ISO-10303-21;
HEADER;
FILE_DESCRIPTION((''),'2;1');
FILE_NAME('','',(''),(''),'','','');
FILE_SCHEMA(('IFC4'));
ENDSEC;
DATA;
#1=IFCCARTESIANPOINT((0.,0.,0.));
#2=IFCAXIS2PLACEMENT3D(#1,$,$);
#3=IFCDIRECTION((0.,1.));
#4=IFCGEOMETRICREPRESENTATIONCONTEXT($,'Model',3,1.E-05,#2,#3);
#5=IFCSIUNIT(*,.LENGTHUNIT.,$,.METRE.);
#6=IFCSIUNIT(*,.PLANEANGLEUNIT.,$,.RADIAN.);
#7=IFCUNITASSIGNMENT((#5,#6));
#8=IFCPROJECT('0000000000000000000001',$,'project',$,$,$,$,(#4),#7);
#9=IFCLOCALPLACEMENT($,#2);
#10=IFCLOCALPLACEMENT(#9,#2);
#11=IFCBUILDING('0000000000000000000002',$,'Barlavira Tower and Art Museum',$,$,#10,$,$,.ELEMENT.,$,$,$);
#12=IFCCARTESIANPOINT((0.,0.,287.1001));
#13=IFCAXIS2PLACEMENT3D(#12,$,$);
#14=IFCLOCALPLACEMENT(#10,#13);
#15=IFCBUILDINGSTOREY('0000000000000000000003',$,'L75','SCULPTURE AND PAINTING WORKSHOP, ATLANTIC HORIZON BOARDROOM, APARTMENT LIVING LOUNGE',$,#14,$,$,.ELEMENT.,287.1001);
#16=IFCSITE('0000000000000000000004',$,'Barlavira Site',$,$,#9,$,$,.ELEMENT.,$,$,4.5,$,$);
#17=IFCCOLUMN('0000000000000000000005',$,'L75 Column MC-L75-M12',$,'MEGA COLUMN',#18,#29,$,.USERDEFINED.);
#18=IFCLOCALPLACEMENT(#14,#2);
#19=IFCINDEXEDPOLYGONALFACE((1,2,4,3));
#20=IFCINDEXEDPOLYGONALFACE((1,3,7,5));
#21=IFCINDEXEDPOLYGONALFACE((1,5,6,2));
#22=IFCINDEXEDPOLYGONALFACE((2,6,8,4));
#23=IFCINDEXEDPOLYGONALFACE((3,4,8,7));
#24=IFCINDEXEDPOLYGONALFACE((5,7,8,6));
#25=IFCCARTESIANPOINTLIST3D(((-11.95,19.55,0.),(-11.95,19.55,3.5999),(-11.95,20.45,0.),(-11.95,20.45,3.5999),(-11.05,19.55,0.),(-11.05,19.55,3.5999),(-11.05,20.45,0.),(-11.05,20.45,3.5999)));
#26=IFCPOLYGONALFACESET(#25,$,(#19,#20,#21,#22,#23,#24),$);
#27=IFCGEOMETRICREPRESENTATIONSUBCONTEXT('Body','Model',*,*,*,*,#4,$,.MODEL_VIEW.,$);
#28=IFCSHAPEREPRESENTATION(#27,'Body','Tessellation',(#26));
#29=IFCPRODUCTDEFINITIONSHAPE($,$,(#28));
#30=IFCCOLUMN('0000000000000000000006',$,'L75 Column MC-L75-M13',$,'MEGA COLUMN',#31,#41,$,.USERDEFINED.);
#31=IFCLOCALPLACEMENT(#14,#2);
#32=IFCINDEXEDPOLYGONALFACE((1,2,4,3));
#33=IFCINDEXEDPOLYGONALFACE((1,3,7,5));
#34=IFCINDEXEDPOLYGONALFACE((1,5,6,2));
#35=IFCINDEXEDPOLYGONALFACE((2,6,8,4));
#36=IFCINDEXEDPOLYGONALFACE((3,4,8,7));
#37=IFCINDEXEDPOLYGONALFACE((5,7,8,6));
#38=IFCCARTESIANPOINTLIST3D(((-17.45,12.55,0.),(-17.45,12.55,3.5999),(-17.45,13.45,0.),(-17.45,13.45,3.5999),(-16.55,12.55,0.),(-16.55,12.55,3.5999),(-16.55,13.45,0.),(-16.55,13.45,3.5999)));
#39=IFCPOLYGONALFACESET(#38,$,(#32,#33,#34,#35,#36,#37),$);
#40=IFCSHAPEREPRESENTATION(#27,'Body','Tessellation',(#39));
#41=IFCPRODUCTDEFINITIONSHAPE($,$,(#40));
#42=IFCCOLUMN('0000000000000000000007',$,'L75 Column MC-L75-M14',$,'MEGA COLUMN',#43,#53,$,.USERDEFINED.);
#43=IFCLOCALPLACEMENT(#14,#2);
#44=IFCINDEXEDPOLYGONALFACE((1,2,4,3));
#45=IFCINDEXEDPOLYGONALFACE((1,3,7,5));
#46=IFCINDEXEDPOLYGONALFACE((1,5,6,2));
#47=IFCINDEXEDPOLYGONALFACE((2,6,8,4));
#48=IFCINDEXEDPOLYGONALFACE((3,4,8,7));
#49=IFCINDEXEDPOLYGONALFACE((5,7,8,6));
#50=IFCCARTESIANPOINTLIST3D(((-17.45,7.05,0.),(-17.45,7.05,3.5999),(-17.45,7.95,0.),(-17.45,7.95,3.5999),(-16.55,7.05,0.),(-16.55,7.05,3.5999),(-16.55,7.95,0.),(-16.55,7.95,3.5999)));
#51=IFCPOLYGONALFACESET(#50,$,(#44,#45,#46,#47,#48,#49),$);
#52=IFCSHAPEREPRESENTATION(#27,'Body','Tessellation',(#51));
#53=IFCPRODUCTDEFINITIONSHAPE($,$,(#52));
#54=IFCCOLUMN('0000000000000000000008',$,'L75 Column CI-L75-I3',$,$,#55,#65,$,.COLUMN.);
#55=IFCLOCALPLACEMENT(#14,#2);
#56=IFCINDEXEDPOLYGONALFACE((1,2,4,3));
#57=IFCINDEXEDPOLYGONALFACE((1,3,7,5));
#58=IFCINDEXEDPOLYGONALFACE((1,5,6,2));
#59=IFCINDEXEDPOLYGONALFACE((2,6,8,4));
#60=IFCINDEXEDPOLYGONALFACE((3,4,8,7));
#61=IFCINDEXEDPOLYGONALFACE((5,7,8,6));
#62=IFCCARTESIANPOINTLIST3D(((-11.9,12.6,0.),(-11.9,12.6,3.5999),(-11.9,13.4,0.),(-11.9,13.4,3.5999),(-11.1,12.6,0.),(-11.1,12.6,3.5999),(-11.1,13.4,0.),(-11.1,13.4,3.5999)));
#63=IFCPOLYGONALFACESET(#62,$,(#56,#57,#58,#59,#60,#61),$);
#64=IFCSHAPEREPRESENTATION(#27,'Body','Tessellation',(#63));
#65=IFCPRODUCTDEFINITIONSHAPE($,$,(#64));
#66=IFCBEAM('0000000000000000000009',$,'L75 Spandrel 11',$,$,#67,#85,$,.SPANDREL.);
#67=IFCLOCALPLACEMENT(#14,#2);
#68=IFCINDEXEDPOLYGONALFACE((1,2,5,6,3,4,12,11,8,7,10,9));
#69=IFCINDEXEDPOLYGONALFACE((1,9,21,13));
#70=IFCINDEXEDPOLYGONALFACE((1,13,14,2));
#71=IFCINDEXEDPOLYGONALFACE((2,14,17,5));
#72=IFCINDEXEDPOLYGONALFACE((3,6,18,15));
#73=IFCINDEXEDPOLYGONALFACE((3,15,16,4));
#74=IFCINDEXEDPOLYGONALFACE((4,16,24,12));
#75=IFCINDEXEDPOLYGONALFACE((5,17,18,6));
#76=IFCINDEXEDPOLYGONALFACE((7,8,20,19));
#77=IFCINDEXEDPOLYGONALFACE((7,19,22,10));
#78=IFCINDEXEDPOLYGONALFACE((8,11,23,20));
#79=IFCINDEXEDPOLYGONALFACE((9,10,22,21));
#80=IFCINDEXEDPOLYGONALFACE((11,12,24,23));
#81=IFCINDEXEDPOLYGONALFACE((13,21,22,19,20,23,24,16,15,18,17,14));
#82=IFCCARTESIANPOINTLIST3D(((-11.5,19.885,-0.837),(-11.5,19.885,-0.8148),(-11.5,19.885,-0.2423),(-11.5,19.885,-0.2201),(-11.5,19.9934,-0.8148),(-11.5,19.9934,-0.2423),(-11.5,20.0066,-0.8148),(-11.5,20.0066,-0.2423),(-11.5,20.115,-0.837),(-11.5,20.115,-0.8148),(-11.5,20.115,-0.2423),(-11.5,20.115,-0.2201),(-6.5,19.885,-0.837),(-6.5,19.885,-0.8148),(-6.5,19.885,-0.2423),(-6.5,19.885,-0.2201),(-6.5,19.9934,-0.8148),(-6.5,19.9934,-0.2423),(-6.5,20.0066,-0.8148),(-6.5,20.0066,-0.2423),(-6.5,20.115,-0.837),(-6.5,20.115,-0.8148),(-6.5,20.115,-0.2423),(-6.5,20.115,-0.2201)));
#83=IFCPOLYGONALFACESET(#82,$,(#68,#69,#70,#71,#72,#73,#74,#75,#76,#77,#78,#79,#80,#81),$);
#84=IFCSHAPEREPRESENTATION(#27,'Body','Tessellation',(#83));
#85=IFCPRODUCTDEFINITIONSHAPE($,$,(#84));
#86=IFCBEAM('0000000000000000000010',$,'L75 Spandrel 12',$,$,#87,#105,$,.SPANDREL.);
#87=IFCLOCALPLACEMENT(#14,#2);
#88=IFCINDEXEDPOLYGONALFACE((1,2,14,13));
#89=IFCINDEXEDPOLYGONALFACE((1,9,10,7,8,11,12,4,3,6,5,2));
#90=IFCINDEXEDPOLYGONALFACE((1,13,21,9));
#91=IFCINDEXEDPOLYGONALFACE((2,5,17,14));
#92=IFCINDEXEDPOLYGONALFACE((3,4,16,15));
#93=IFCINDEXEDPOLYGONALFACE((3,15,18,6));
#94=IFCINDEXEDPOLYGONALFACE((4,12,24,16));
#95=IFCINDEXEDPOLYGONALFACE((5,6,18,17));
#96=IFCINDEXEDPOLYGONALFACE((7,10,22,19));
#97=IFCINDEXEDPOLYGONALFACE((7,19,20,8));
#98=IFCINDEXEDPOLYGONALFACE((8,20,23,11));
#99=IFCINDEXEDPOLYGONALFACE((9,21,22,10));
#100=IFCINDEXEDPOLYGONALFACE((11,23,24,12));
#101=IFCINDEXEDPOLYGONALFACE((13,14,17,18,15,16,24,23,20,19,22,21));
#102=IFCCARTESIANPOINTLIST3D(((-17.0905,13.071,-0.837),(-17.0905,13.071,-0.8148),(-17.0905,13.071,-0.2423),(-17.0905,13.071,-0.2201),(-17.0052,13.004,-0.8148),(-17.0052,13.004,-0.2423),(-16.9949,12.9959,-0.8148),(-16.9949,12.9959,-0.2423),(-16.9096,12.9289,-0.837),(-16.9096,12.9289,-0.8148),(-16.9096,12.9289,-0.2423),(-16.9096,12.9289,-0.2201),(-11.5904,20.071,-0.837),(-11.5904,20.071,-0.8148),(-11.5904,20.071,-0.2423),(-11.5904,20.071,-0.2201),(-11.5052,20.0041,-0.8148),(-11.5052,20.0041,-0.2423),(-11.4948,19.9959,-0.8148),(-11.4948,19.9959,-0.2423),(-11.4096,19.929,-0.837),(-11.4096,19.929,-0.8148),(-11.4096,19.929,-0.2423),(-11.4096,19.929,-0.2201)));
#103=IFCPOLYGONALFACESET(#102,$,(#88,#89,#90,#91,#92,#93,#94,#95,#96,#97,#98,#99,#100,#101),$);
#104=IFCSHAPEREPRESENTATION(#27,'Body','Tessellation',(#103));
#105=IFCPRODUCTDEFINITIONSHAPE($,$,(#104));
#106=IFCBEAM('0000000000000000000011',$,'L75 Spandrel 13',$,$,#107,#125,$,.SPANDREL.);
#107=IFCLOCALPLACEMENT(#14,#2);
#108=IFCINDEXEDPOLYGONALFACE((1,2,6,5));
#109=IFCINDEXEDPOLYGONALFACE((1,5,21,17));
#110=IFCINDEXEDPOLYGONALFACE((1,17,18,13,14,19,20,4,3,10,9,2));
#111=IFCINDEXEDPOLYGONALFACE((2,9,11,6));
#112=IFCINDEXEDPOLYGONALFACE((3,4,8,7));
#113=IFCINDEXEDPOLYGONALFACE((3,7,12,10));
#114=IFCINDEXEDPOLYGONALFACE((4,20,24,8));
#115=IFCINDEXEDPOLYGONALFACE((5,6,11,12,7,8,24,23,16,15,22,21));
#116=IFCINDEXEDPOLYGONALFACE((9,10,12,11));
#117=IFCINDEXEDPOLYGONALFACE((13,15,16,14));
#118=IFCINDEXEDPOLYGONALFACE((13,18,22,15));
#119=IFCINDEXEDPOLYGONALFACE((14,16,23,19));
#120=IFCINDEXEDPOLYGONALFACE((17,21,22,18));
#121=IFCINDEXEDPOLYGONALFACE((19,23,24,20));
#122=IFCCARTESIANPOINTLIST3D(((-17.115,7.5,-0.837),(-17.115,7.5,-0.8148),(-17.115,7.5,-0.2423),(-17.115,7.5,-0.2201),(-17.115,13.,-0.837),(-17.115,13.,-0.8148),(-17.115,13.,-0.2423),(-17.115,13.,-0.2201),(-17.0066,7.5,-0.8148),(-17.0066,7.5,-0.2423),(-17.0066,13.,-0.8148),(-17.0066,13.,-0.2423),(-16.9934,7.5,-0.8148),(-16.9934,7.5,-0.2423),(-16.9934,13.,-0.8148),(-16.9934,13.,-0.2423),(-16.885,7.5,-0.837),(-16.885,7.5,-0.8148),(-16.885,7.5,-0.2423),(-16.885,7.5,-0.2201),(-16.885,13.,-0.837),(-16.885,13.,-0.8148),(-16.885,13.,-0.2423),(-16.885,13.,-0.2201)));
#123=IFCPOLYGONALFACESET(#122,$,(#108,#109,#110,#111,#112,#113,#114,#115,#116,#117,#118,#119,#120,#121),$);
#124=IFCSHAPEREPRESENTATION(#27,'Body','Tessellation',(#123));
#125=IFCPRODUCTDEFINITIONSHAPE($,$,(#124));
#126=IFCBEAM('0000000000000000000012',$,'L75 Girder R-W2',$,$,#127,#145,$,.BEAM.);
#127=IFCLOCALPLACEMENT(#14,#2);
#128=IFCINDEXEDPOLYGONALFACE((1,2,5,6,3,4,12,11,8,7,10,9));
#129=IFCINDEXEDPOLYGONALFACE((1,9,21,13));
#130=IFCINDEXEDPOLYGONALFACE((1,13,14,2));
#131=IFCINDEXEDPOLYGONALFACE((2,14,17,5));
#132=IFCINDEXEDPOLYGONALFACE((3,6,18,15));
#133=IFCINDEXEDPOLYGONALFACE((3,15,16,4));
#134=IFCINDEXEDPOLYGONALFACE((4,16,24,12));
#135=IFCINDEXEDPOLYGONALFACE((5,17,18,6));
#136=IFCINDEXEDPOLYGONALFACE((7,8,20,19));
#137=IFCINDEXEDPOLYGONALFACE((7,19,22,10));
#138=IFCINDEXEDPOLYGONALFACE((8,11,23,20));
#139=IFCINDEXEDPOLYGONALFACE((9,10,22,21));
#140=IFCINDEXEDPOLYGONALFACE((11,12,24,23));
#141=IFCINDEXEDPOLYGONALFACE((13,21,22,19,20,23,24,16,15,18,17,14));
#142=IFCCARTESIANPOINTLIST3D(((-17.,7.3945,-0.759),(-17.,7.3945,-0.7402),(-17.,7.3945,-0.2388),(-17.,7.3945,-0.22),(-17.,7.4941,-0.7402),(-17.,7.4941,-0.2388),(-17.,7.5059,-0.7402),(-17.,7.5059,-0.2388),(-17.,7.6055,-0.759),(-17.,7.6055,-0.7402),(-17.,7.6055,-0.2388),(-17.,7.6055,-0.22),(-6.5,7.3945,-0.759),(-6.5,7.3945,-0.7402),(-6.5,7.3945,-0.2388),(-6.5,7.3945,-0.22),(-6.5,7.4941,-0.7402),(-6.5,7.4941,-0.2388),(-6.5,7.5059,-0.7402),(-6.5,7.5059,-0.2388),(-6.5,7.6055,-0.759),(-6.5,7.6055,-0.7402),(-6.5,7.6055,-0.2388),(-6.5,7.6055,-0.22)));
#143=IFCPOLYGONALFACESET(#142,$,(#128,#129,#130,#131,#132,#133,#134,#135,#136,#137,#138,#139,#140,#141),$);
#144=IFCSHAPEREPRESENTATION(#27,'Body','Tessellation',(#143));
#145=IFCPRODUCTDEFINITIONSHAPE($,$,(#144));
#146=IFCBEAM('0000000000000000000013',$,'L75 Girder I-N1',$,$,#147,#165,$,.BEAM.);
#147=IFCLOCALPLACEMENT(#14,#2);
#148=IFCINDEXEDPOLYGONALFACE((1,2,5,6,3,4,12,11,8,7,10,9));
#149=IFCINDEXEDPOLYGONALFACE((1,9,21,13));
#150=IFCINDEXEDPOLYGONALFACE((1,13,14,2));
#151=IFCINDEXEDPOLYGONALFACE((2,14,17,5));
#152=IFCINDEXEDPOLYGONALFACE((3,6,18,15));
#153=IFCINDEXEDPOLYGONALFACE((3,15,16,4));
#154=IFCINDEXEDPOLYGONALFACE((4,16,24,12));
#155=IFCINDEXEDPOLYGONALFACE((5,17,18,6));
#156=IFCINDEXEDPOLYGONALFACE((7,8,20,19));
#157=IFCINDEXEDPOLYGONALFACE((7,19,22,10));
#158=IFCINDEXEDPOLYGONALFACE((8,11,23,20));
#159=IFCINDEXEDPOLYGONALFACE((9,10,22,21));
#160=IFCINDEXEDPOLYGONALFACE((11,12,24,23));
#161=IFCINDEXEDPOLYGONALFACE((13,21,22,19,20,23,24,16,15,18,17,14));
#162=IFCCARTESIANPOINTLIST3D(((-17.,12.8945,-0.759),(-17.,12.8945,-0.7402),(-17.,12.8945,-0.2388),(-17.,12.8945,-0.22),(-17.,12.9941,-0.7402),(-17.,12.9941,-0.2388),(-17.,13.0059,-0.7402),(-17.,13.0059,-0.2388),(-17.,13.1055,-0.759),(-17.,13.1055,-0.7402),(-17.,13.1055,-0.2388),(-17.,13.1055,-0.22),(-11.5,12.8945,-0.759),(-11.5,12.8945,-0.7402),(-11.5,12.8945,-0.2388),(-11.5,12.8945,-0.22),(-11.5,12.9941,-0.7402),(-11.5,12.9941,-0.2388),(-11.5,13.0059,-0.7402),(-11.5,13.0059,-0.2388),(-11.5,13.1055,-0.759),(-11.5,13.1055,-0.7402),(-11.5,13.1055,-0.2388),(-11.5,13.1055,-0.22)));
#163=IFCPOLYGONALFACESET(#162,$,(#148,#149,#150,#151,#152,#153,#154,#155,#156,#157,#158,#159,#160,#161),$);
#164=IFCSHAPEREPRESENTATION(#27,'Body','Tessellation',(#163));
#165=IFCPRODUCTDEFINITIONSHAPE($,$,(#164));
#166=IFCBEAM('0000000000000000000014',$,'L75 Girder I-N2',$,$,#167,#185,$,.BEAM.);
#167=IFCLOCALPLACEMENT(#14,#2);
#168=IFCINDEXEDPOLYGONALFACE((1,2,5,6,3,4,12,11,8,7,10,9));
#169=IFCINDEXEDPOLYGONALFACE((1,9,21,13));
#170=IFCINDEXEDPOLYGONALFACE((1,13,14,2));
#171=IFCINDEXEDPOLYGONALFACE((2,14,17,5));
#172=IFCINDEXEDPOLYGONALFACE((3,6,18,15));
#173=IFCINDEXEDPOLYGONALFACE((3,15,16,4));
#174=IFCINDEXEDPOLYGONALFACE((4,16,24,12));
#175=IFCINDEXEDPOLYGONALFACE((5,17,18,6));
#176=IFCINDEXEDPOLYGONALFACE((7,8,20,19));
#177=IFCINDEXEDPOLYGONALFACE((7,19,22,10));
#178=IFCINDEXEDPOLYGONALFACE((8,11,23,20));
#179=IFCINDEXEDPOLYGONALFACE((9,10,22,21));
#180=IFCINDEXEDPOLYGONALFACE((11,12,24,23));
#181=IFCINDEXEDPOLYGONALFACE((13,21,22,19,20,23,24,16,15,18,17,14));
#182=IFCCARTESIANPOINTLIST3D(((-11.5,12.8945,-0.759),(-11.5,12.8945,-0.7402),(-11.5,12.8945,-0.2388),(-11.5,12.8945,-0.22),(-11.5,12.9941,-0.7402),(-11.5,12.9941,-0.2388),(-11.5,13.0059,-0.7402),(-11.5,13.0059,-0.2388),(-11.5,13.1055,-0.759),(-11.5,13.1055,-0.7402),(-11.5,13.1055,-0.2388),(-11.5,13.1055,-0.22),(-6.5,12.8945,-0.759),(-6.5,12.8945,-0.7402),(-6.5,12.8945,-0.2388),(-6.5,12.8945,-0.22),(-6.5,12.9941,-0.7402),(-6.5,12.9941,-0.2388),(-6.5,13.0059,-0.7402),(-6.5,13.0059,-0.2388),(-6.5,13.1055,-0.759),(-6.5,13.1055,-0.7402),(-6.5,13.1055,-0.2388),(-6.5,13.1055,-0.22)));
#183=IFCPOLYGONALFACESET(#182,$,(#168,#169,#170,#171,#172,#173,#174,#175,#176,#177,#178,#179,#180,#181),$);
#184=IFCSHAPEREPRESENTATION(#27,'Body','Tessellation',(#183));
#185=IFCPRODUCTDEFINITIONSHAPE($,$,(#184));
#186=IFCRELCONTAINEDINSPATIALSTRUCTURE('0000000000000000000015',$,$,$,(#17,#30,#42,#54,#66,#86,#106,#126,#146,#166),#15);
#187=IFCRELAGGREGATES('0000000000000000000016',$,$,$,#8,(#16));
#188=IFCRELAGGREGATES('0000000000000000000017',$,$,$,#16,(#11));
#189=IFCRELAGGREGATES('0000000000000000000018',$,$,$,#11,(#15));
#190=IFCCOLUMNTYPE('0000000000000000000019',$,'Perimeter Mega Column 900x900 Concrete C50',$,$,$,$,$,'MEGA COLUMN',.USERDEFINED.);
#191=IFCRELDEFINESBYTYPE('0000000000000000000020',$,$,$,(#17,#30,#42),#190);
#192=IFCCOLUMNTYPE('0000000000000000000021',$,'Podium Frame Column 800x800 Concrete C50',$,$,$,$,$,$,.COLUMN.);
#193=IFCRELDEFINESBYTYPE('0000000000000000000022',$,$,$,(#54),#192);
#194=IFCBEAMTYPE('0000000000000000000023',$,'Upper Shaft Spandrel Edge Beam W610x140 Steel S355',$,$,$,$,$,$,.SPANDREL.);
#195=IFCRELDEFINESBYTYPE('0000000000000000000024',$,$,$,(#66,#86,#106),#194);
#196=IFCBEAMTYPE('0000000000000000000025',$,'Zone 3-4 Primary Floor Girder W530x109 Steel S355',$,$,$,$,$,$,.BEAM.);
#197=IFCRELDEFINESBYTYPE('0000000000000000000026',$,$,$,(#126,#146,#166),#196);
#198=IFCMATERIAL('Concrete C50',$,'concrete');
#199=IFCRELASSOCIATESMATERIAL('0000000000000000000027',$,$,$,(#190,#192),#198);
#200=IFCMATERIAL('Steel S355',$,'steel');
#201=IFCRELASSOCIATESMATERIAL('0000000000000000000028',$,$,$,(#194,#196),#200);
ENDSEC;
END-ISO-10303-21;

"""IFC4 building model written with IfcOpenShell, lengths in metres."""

from ifc_helpers import new_model, si_unit, direction, frame, origin, origin_2d, place, context, subcontext, project, spatial, rectangle, i_section, extrude, material, material_profile, profile_set, type_object, element, save


model = new_model("IFC4")

# Units and contexts
model_context = context("Model", 3, precision=1e-05, world=origin(), true_north=direction((0.0, 1.0)))
body_context = subcontext(model_context, "Body", "Model", "MODEL_VIEW")
ifc_project = project(units=[si_unit("LENGTHUNIT", "METRE"), si_unit("PLANEANGLEUNIT", "RADIAN")], contexts=[model_context])

# Site, building, storey
site_placement = place(None, origin())
site = spatial("IfcSite", under=ifc_project, at=site_placement, Name="Barlavira Site", CompositionType="ELEMENT", RefElevation=4.5)
building_placement = place(site_placement, origin())
building = spatial("IfcBuilding", under=site, at=building_placement, Name="Barlavira Tower and Art Museum", CompositionType="ELEMENT")
storey_placement = place(building_placement, frame((0.0, 0.0, 287.1001)))
storey = spatial("IfcBuildingStorey", under=building, at=storey_placement, Name="L75", Description="SCULPTURE AND PAINTING WORKSHOP, ATLANTIC HORIZON BOARDROOM, APARTMENT LIVING LOUNGE", CompositionType="ELEMENT", Elevation=287.1001)

# Columns
ifc_material_1 = material(Name="Concrete C50", Category="concrete")
ifc_material_profile_1 = material_profile(ifc_material_1, rectangle(XDim=0.8999, YDim=0.8999, at=origin_2d()), Name="RC-COL 900x900")
ifc_profile_set_1 = profile_set([ifc_material_profile_1], Name="Concrete C50")
column_type_1 = type_object("IfcColumnType", Name="Perimeter Mega Column 900x900 Concrete C50", ElementType="MEGA COLUMN", PredefinedType="USERDEFINED", material=ifc_profile_set_1)
for number, where, z_axis, x_axis, name in (
    (1, (-11.5, 20.0, 0.0), (0.0, 0.0, 1.0), (1.0, 0.0, 0.0), "L75 Column MC-L75-M12"),
    (2, (-17.0, 13.0, 0.0), (0.0, 0.0, 1.0), (1.0, 0.0, 0.0), "L75 Column MC-L75-M13"),
    (3, (-17.0, 7.5, 0.0), (0.0, 0.0, 1.0), (1.0, 0.0, 0.0), "L75 Column MC-L75-M14"),
):
    element("IfcColumn", number, at=place(storey_placement, frame(where, z_axis=z_axis, x_axis=x_axis)), inside=storey, type_object=column_type_1, Name=name, ObjectType="MEGA COLUMN", PredefinedType="USERDEFINED", context=body_context, shape_type="SweptSolid", body=[
        extrude(rectangle(XDim=0.8999, YDim=0.8999, at=origin_2d()), origin(), (0.0, 0.0, 1.0), 3.5999),
    ])
ifc_material_profile_2 = material_profile(ifc_material_1, rectangle(XDim=0.8, YDim=0.8, at=origin_2d()), Name="RC-COL 800x800")
ifc_profile_set_2 = profile_set([ifc_material_profile_2], Name="Concrete C50")
column_type_2 = type_object("IfcColumnType", Name="Podium Frame Column 800x800 Concrete C50", PredefinedType="COLUMN", material=ifc_profile_set_2)
column_placement = place(storey_placement, frame((-11.5, 13.0, 0.0), z_axis=(0.0, 0.0, 1.0), x_axis=(1.0, 0.0, 0.0)))
element("IfcColumn", 4, at=column_placement, inside=storey, type_object=column_type_2, Name="L75 Column CI-L75-I3", PredefinedType="COLUMN", context=body_context, shape_type="SweptSolid", body=[
    extrude(rectangle(XDim=0.8, YDim=0.8, at=origin_2d()), origin(), (0.0, 0.0, 1.0), 3.5999),
])

# Beams
ifc_material_2 = material(Name="Steel S355", Category="steel")
ifc_material_profile_3 = material_profile(ifc_material_2, i_section(OverallWidth=0.23, OverallDepth=0.6169, WebThickness=0.0132, FlangeThickness=0.0222, at=origin_2d()), Name="W610x140.0")
ifc_profile_set_3 = profile_set([ifc_material_profile_3], Name="Steel S355")
beam_type_1 = type_object("IfcBeamType", Name="Upper Shaft Spandrel Edge Beam W610x140 Steel S355", PredefinedType="SPANDREL", material=ifc_profile_set_3)
beam_1_placement = place(storey_placement, frame((-11.5, 20.0, -0.5286), z_axis=(1.0, 0.0, 0.0), x_axis=(0.0, 1.0, 0.0)))
element("IfcBeam", 5, at=beam_1_placement, inside=storey, type_object=beam_type_1, Name="L75 Spandrel 11", PredefinedType="SPANDREL", context=body_context, shape_type="SweptSolid", body=[
    extrude(i_section(OverallWidth=0.23, OverallDepth=0.6169, WebThickness=0.0132, FlangeThickness=0.0222, at=origin_2d()), origin(), (0.0, 0.0, 1.0), 5.0),
])
beam_2_placement = place(storey_placement, frame((-11.5, 20.0, -0.5286), z_axis=(-0.617822, -0.786318, 0.0), x_axis=(0.786318, -0.617822, 0.0)))
element("IfcBeam", 6, at=beam_2_placement, inside=storey, type_object=beam_type_1, Name="L75 Spandrel 12", PredefinedType="SPANDREL", context=body_context, shape_type="SweptSolid", body=[
    extrude(i_section(OverallWidth=0.23, OverallDepth=0.6169, WebThickness=0.0132, FlangeThickness=0.0222, at=origin_2d()), origin(), (0.0, 0.0, 1.0), 8.9023),
])
beam_3_placement = place(storey_placement, frame((-17.0, 7.5, -0.5286), z_axis=(0.0, 1.0, 0.0), x_axis=(-1.0, 0.0, 0.0)))
element("IfcBeam", 7, at=beam_3_placement, inside=storey, type_object=beam_type_1, Name="L75 Spandrel 13", PredefinedType="SPANDREL", context=body_context, shape_type="SweptSolid", body=[
    extrude(i_section(OverallWidth=0.23, OverallDepth=0.6169, WebThickness=0.0132, FlangeThickness=0.0222, at=origin_2d()), origin(), (0.0, 0.0, 1.0), 5.5),
])
ifc_material_profile_4 = material_profile(ifc_material_2, i_section(OverallWidth=0.2109, OverallDepth=0.5391, WebThickness=0.0117, FlangeThickness=0.0188, at=origin_2d()), Name="W530x109.0")
ifc_profile_set_4 = profile_set([ifc_material_profile_4], Name="Steel S355")
beam_type_2 = type_object("IfcBeamType", Name="Zone 3-4 Primary Floor Girder W530x109 Steel S355", PredefinedType="BEAM", material=ifc_profile_set_4)
beam_4_placement = place(storey_placement, frame((-17.0, 7.5, -0.4895), z_axis=(1.0, 0.0, 0.0), x_axis=(0.0, 1.0, 0.0)))
element("IfcBeam", 8, at=beam_4_placement, inside=storey, type_object=beam_type_2, Name="L75 Girder R-W2", PredefinedType="BEAM", context=body_context, shape_type="SweptSolid", body=[
    extrude(i_section(OverallWidth=0.2109, OverallDepth=0.5391, WebThickness=0.0117, FlangeThickness=0.0188, at=origin_2d()), origin(), (0.0, 0.0, 1.0), 10.5),
])
beam_5_placement = place(storey_placement, frame((-17.0, 13.0, -0.4895), z_axis=(1.0, 0.0, 0.0), x_axis=(0.0, 1.0, 0.0)))
element("IfcBeam", 9, at=beam_5_placement, inside=storey, type_object=beam_type_2, Name="L75 Girder I-N1", PredefinedType="BEAM", context=body_context, shape_type="SweptSolid", body=[
    extrude(i_section(OverallWidth=0.2109, OverallDepth=0.5391, WebThickness=0.0117, FlangeThickness=0.0188, at=origin_2d()), origin(), (0.0, 0.0, 1.0), 5.5),
])
beam_6_placement = place(storey_placement, frame((-11.5, 13.0, -0.4895), z_axis=(1.0, 0.0, 0.0), x_axis=(0.0, 1.0, 0.0)))
element("IfcBeam", 10, at=beam_6_placement, inside=storey, type_object=beam_type_2, Name="L75 Girder I-N2", PredefinedType="BEAM", context=body_context, shape_type="SweptSolid", body=[
    extrude(i_section(OverallWidth=0.2109, OverallDepth=0.5391, WebThickness=0.0117, FlangeThickness=0.0188, at=origin_2d()), origin(), (0.0, 0.0, 1.0), 5.0),
])

save(model, "model.ifc")
